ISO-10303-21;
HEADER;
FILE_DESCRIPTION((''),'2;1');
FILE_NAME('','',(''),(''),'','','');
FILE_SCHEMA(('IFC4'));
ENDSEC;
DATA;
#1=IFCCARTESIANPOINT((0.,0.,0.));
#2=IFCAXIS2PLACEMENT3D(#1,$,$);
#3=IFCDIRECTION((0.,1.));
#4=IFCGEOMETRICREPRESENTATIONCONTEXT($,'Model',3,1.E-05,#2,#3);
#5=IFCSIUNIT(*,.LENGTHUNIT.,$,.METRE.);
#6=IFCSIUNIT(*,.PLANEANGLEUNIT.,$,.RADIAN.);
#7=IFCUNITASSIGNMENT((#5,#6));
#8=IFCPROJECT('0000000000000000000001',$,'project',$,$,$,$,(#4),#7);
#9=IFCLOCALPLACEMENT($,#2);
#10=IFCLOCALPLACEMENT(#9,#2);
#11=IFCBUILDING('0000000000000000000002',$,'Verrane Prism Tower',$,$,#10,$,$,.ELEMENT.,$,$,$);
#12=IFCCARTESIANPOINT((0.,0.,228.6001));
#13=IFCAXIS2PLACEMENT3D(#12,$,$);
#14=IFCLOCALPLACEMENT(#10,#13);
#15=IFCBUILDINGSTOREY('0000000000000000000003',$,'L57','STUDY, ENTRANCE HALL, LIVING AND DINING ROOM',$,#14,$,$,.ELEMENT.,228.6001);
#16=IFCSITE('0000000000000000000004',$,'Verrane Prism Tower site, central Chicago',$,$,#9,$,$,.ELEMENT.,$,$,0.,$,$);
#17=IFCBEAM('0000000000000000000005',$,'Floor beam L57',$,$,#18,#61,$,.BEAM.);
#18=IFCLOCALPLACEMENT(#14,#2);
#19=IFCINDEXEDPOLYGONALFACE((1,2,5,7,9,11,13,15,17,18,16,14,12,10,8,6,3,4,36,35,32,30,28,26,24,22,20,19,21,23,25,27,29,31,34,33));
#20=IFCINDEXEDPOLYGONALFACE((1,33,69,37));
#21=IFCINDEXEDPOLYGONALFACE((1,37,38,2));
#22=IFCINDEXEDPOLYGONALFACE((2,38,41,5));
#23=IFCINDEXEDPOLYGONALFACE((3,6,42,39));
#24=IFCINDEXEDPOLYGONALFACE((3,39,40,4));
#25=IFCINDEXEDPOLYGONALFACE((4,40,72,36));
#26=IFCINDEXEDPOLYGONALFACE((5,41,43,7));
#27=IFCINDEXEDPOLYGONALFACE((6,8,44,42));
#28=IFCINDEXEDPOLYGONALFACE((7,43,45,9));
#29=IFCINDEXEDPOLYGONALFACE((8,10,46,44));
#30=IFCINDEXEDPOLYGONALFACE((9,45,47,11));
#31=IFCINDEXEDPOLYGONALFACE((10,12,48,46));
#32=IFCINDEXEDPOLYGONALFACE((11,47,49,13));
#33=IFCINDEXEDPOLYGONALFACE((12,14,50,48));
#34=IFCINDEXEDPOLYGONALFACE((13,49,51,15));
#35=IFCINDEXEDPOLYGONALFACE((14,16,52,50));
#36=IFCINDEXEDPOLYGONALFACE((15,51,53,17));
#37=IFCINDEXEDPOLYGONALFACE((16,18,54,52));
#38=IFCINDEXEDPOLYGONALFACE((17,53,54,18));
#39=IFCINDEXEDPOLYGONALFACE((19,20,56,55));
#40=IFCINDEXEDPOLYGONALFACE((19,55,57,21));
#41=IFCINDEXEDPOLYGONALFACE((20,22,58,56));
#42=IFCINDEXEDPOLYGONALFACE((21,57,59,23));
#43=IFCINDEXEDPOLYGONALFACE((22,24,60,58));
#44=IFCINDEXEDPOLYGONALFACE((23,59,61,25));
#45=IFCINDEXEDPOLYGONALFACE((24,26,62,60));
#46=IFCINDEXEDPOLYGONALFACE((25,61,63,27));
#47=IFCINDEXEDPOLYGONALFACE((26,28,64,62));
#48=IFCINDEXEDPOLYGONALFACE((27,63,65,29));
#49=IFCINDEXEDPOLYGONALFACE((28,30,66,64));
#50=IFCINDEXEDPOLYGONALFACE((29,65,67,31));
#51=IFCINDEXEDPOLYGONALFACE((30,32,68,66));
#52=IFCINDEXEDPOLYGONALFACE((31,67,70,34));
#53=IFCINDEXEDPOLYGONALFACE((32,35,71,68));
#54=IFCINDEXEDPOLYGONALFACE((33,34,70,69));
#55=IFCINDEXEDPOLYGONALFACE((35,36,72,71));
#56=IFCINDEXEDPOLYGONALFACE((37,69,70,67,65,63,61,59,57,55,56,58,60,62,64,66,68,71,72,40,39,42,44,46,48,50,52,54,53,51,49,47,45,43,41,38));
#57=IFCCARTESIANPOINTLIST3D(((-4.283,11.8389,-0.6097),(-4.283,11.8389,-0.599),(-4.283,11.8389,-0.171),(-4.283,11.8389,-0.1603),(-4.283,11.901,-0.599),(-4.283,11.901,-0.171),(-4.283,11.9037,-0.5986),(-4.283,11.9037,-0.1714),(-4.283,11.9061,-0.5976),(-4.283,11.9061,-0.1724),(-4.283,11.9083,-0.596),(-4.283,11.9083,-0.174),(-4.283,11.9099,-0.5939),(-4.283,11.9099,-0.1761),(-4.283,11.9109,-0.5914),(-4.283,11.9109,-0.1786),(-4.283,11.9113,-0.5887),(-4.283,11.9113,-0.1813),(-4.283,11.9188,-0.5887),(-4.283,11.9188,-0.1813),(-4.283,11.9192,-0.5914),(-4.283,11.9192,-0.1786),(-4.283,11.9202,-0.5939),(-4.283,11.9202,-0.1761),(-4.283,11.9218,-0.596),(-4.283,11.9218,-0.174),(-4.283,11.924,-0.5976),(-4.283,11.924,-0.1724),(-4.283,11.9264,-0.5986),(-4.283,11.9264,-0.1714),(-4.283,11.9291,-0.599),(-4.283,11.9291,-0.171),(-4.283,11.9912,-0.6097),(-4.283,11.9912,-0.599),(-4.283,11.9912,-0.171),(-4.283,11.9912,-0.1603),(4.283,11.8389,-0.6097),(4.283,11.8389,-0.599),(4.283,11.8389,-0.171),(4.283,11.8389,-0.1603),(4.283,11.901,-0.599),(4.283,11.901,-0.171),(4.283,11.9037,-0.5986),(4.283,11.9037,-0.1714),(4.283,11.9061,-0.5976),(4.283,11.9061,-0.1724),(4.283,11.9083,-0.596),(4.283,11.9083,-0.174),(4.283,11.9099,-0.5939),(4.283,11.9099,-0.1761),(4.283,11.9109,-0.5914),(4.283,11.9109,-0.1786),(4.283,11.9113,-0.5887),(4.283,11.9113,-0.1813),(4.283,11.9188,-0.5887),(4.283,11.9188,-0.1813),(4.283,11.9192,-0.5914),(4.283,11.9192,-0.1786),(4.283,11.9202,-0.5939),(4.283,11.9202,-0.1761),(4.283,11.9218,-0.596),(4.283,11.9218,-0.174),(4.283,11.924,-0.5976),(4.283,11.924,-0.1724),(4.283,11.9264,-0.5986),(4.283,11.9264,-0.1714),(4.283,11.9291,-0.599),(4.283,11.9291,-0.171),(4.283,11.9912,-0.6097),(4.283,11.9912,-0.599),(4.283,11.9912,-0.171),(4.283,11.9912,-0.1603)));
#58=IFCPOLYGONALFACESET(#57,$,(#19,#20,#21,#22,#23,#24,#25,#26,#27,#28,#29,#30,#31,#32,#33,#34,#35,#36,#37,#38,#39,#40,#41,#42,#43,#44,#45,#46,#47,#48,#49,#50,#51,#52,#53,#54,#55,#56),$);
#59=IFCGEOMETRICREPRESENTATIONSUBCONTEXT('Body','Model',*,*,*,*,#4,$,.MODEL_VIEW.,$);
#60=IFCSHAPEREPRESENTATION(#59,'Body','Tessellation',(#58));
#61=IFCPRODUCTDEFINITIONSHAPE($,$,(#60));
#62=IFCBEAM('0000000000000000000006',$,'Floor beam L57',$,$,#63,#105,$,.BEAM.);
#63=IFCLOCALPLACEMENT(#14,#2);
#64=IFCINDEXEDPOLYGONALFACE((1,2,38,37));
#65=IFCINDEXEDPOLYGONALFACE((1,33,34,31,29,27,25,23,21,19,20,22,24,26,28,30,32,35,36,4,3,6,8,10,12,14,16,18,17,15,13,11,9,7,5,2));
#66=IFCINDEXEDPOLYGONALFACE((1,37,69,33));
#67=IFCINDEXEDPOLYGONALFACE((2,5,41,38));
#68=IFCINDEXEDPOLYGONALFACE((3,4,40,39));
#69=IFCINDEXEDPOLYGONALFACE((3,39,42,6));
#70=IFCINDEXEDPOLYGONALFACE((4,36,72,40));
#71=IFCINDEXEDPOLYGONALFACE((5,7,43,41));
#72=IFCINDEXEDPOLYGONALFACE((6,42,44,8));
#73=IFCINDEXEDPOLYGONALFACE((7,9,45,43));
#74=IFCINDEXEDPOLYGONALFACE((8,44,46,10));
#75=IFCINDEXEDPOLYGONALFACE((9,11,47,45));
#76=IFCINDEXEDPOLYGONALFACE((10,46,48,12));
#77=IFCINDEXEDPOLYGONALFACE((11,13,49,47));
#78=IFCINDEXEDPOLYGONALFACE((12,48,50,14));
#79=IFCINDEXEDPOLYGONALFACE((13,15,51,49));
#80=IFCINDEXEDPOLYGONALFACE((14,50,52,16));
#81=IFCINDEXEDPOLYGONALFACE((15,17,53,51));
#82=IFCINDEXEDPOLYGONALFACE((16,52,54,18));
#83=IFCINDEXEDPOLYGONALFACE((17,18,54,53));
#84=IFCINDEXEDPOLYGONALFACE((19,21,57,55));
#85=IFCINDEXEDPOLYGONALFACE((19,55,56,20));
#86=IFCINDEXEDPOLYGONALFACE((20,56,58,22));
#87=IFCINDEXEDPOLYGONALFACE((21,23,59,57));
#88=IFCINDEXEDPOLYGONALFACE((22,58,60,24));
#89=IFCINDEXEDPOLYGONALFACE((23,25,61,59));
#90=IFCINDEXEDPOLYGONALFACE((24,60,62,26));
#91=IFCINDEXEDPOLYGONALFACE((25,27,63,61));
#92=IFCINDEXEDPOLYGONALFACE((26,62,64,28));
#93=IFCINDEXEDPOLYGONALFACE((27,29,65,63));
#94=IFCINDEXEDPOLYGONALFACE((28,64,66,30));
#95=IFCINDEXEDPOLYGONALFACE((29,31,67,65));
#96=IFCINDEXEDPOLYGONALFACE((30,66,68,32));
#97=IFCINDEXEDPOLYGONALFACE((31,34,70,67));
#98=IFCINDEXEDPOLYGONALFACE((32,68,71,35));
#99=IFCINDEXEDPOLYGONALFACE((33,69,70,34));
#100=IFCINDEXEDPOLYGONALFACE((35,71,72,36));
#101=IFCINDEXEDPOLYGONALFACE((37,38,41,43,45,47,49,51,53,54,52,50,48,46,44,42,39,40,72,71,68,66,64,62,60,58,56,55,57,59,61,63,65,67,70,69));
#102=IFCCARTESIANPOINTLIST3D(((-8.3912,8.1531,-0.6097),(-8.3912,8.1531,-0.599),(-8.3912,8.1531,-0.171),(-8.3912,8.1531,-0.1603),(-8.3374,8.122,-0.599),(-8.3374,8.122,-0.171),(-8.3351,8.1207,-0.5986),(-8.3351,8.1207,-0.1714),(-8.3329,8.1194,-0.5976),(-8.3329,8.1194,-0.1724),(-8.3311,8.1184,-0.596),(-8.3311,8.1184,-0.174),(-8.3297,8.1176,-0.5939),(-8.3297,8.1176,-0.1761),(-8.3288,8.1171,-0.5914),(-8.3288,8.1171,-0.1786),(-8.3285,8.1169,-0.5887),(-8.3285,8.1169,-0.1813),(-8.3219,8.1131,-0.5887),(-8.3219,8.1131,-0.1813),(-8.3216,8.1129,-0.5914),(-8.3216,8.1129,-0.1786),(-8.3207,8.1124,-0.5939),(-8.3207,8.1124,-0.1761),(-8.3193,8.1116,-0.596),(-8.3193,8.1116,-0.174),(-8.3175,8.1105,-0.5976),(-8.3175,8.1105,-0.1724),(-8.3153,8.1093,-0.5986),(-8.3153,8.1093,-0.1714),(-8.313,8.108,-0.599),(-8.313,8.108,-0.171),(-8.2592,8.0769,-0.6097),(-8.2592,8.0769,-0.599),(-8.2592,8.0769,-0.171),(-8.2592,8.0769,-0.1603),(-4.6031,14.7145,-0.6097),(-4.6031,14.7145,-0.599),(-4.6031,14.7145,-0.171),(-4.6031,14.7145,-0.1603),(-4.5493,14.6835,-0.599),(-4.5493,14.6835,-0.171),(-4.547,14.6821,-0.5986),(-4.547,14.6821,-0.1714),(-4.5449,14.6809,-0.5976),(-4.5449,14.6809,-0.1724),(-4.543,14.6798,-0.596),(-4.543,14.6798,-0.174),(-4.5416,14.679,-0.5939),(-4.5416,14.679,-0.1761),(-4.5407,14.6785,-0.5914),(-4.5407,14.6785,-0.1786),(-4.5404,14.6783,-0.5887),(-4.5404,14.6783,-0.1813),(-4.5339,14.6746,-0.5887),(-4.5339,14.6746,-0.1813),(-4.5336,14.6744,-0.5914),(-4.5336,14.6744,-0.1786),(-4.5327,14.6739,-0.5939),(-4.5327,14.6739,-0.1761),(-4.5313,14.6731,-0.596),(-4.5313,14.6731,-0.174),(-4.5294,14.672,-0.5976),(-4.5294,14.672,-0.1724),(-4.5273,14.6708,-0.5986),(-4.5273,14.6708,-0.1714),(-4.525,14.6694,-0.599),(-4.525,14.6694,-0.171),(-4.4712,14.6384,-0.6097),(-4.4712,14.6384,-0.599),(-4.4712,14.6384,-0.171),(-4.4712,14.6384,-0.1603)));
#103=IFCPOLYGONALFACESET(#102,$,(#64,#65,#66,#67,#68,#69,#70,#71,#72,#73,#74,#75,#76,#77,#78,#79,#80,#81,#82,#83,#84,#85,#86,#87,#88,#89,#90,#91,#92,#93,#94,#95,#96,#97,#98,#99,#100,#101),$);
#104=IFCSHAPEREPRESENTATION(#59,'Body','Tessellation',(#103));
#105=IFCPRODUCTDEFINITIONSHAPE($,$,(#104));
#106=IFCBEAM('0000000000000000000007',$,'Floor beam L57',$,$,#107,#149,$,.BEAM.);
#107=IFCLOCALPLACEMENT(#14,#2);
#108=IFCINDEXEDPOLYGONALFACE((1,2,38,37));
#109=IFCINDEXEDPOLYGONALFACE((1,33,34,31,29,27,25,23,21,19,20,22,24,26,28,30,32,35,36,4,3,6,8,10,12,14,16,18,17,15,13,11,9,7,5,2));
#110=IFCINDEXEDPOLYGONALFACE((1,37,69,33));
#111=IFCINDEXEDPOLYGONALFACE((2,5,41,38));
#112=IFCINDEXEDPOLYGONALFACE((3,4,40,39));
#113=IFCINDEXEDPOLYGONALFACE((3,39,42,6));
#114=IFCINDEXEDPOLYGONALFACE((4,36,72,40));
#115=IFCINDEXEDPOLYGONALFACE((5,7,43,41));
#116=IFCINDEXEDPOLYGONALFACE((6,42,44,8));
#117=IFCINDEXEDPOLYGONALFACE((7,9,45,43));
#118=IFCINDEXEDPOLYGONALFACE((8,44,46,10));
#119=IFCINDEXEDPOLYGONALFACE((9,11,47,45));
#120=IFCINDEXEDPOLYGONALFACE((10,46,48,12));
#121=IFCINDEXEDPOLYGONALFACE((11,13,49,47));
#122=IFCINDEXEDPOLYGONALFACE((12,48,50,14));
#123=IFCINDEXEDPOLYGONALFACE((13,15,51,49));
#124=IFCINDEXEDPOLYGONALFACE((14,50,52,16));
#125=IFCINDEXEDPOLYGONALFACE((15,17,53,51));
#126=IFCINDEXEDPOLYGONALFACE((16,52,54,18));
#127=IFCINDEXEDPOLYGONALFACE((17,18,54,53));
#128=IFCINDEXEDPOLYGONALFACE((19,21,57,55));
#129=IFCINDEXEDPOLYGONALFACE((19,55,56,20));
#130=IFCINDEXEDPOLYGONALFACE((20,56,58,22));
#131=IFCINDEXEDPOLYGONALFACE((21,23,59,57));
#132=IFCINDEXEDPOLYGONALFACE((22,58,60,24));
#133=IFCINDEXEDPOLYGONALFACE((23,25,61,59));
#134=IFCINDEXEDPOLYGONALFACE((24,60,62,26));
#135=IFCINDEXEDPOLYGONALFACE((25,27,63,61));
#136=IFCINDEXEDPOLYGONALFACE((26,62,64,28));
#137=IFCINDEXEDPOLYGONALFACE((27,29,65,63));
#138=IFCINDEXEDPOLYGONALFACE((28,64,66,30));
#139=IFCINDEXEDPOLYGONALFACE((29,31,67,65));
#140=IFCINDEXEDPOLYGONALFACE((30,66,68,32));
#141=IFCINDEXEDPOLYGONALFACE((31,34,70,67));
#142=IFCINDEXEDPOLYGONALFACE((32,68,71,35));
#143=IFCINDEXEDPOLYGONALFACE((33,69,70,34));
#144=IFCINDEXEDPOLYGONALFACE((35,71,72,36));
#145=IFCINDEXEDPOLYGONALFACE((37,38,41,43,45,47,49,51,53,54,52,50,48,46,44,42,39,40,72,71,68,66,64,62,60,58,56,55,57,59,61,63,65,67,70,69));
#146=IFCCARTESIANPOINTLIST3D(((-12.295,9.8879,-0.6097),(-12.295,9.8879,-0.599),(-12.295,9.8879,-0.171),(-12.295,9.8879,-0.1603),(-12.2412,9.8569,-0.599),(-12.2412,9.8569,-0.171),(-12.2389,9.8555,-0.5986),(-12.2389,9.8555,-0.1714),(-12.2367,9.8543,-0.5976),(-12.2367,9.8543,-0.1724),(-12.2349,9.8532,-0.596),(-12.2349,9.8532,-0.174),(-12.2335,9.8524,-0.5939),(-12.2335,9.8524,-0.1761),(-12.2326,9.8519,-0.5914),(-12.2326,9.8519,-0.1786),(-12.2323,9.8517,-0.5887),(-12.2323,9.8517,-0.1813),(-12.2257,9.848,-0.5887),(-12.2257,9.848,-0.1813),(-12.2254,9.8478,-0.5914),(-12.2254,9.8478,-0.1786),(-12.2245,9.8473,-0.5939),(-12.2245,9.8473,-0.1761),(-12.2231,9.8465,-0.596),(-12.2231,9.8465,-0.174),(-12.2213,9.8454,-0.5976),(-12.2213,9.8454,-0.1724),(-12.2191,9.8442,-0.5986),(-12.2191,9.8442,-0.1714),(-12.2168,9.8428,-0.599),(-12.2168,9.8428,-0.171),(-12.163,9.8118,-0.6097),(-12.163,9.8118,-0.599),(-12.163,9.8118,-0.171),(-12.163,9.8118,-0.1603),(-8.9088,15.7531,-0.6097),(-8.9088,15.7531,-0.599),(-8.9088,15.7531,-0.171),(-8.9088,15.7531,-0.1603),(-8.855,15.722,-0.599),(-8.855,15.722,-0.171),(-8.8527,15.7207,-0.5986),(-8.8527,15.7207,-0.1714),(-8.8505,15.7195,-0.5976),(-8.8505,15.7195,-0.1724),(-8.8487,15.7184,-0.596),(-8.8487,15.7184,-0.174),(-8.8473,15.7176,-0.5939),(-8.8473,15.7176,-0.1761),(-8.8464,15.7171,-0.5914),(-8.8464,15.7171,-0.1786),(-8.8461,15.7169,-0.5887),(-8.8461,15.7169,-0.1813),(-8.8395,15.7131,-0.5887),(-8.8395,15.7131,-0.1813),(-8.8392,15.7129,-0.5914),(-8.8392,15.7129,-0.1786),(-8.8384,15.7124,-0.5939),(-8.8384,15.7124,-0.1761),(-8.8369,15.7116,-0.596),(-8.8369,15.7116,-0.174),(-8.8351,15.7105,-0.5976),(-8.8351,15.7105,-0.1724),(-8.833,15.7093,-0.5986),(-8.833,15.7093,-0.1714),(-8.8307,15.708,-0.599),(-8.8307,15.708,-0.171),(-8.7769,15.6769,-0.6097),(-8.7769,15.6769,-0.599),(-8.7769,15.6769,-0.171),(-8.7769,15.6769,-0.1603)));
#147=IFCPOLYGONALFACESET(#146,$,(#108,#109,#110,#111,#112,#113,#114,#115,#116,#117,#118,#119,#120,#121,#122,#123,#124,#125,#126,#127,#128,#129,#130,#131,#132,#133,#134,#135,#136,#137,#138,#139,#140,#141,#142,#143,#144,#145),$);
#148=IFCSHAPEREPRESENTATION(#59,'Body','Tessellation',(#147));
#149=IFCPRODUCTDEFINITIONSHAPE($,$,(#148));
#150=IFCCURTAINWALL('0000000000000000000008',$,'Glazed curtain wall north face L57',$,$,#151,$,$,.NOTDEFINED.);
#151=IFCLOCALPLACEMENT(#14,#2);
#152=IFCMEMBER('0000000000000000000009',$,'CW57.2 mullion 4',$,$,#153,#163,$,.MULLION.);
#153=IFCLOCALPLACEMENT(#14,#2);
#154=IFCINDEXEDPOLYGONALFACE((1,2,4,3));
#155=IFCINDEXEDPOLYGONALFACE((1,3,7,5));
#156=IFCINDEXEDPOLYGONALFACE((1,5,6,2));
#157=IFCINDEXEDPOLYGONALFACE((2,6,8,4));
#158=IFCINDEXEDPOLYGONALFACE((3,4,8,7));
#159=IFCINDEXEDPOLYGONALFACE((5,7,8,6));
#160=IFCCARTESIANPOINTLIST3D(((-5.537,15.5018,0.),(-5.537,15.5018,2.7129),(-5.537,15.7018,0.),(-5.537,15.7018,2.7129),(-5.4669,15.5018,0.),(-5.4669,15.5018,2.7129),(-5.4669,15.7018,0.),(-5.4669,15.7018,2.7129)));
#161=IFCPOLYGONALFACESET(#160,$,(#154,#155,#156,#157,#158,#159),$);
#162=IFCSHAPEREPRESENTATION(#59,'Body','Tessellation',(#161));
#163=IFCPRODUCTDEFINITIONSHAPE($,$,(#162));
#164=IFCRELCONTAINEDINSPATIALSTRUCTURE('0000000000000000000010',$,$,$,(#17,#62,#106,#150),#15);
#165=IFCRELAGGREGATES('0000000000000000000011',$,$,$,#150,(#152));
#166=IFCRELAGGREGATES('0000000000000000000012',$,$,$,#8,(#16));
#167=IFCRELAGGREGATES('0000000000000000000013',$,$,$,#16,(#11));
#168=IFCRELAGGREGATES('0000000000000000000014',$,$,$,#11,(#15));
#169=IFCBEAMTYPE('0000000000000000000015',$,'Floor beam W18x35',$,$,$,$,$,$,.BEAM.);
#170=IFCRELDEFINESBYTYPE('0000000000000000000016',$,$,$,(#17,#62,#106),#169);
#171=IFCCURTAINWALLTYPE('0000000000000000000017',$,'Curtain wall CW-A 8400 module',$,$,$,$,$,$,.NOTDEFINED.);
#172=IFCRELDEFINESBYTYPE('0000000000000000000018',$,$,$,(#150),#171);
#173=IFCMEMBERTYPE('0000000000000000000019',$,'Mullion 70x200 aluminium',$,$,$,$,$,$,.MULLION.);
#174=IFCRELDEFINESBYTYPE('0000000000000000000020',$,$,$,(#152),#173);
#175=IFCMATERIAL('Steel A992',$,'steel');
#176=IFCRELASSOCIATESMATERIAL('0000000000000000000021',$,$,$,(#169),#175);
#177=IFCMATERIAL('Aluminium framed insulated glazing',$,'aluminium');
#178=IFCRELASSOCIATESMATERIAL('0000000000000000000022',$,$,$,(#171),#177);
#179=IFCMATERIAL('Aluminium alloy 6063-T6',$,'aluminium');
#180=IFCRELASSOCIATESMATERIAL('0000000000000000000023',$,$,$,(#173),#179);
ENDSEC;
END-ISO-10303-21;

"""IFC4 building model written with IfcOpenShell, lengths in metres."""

from ifc_helpers import new_model, si_unit, direction, frame, origin, origin_2d, place, context, subcontext, project, spatial, rectangle, i_section, extrude, material, material_profile, profile_set, type_object, element, aggregate, save


model = new_model("IFC4")

# Units and contexts
model_context = context("Model", 3, precision=1e-05, world=origin(), true_north=direction((0.0, 1.0)))
body_context = subcontext(model_context, "Body", "Model", "MODEL_VIEW")
ifc_project = project(units=[si_unit("LENGTHUNIT", "METRE"), si_unit("PLANEANGLEUNIT", "RADIAN")], contexts=[model_context])

# Site, building, storey
site_placement = place(None, origin())
site = spatial("IfcSite", under=ifc_project, at=site_placement, Name="Verrane Prism Tower site, central Chicago", CompositionType="ELEMENT", RefElevation=0.0)
building_placement = place(site_placement, origin())
building = spatial("IfcBuilding", under=site, at=building_placement, Name="Verrane Prism Tower", CompositionType="ELEMENT")
storey_placement = place(building_placement, frame((0.0, 0.0, 228.6001)))
storey = spatial("IfcBuildingStorey", under=building, at=storey_placement, Name="L57", Description="STUDY, ENTRANCE HALL, LIVING AND DINING ROOM", CompositionType="ELEMENT", Elevation=228.6001)

# Beams
ifc_material_1 = material(Name="Steel A992", Category="steel")
ifc_material_profile_1 = material_profile(ifc_material_1, i_section(OverallWidth=0.1523, OverallDepth=0.4495, WebThickness=0.0076, FlangeThickness=0.0107, FilletRadius=0.0103, at=origin_2d()), Name="W18x35")
ifc_profile_set_1 = profile_set([ifc_material_profile_1], Name="Steel A992")
beam_type_1 = type_object("IfcBeamType", Name="Floor beam W18x35", PredefinedType="BEAM", material=ifc_profile_set_1)
beam_1_placement = place(storey_placement, frame((-4.283, 11.915, -0.385), z_axis=(1.0, 0.0, 0.0), x_axis=(0.0, 1.0, 0.0)))
element("IfcBeam", 1, at=beam_1_placement, inside=storey, type_object=beam_type_1, Name="Floor beam L57", PredefinedType="BEAM", context=body_context, shape_type="SweptSolid", body=[
    extrude(i_section(OverallWidth=0.1523, OverallDepth=0.4495, WebThickness=0.0076, FlangeThickness=0.0107, FilletRadius=0.0103, at=origin_2d()), origin(), (0.0, 0.0, 1.0), 8.5659),
])
beam_2_placement = place(storey_placement, frame((-8.3252, 8.115, -0.385), z_axis=(0.499979, 0.866037, 0.0), x_axis=(-0.866037, 0.499979, 0.0)))
element("IfcBeam", 2, at=beam_2_placement, inside=storey, type_object=beam_type_1, Name="Floor beam L57", PredefinedType="BEAM", context=body_context, shape_type="SweptSolid", body=[
    extrude(i_section(OverallWidth=0.1523, OverallDepth=0.4495, WebThickness=0.0076, FlangeThickness=0.0107, FilletRadius=0.0103, at=origin_2d()), origin(), (0.0, 0.0, 1.0), 7.5764),
])
beam_3_placement = place(storey_placement, frame((-12.229, 9.8499, -0.385), z_axis=(0.499993, 0.86603, 0.0), x_axis=(-0.86603, 0.499993, 0.0)))
element("IfcBeam", 3, at=beam_3_placement, inside=storey, type_object=beam_type_1, Name="Floor beam L57", PredefinedType="BEAM", context=body_context, shape_type="SweptSolid", body=[
    extrude(i_section(OverallWidth=0.1523, OverallDepth=0.4495, WebThickness=0.0076, FlangeThickness=0.0107, FilletRadius=0.0103, at=origin_2d()), origin(), (0.0, 0.0, 1.0), 6.7725),
])

# Curtain wall, member
ifc_material_2 = material(Name="Aluminium framed insulated glazing", Category="aluminium")
curtain_wall_type = type_object("IfcCurtainWallType", Name="Curtain wall CW-A 8400 module", PredefinedType="NOTDEFINED", material=ifc_material_2)
curtain_wall_placement = place(storey_placement, origin())
curtain_wall = element("IfcCurtainWall", 4, at=curtain_wall_placement, inside=storey, type_object=curtain_wall_type, Name="Glazed curtain wall north face L57", PredefinedType="NOTDEFINED")
ifc_material_3 = material(Name="Aluminium alloy 6063-T6", Category="aluminium")
ifc_material_profile_2 = material_profile(ifc_material_3, rectangle(XDim=0.2, YDim=0.0701, at=origin_2d()), Name="Mullion 70x200 aluminium")
ifc_profile_set_2 = profile_set([ifc_material_profile_2], Name="Aluminium alloy 6063-T6")
member_type_1 = type_object("IfcMemberType", Name="Mullion 70x200 aluminium", PredefinedType="MULLION", material=ifc_profile_set_2)
member_1_placement = place(storey_placement, frame((-5.502, 15.6018, 0.0), z_axis=(0.0, 0.0, 1.0), x_axis=(0.0, -1.0, 0.0)))
member_1 = element("IfcMember", 5, at=member_1_placement, type_object=member_type_1, Name="CW57.2 mullion 4", PredefinedType="MULLION", context=body_context, shape_type="SweptSolid", body=[
    extrude(rectangle(XDim=0.2, YDim=0.0701, at=origin_2d()), origin(), (0.0, 0.0, 1.0), 2.7129),
])

aggregate(curtain_wall, [member_1])

save(model, "model.ifc")
